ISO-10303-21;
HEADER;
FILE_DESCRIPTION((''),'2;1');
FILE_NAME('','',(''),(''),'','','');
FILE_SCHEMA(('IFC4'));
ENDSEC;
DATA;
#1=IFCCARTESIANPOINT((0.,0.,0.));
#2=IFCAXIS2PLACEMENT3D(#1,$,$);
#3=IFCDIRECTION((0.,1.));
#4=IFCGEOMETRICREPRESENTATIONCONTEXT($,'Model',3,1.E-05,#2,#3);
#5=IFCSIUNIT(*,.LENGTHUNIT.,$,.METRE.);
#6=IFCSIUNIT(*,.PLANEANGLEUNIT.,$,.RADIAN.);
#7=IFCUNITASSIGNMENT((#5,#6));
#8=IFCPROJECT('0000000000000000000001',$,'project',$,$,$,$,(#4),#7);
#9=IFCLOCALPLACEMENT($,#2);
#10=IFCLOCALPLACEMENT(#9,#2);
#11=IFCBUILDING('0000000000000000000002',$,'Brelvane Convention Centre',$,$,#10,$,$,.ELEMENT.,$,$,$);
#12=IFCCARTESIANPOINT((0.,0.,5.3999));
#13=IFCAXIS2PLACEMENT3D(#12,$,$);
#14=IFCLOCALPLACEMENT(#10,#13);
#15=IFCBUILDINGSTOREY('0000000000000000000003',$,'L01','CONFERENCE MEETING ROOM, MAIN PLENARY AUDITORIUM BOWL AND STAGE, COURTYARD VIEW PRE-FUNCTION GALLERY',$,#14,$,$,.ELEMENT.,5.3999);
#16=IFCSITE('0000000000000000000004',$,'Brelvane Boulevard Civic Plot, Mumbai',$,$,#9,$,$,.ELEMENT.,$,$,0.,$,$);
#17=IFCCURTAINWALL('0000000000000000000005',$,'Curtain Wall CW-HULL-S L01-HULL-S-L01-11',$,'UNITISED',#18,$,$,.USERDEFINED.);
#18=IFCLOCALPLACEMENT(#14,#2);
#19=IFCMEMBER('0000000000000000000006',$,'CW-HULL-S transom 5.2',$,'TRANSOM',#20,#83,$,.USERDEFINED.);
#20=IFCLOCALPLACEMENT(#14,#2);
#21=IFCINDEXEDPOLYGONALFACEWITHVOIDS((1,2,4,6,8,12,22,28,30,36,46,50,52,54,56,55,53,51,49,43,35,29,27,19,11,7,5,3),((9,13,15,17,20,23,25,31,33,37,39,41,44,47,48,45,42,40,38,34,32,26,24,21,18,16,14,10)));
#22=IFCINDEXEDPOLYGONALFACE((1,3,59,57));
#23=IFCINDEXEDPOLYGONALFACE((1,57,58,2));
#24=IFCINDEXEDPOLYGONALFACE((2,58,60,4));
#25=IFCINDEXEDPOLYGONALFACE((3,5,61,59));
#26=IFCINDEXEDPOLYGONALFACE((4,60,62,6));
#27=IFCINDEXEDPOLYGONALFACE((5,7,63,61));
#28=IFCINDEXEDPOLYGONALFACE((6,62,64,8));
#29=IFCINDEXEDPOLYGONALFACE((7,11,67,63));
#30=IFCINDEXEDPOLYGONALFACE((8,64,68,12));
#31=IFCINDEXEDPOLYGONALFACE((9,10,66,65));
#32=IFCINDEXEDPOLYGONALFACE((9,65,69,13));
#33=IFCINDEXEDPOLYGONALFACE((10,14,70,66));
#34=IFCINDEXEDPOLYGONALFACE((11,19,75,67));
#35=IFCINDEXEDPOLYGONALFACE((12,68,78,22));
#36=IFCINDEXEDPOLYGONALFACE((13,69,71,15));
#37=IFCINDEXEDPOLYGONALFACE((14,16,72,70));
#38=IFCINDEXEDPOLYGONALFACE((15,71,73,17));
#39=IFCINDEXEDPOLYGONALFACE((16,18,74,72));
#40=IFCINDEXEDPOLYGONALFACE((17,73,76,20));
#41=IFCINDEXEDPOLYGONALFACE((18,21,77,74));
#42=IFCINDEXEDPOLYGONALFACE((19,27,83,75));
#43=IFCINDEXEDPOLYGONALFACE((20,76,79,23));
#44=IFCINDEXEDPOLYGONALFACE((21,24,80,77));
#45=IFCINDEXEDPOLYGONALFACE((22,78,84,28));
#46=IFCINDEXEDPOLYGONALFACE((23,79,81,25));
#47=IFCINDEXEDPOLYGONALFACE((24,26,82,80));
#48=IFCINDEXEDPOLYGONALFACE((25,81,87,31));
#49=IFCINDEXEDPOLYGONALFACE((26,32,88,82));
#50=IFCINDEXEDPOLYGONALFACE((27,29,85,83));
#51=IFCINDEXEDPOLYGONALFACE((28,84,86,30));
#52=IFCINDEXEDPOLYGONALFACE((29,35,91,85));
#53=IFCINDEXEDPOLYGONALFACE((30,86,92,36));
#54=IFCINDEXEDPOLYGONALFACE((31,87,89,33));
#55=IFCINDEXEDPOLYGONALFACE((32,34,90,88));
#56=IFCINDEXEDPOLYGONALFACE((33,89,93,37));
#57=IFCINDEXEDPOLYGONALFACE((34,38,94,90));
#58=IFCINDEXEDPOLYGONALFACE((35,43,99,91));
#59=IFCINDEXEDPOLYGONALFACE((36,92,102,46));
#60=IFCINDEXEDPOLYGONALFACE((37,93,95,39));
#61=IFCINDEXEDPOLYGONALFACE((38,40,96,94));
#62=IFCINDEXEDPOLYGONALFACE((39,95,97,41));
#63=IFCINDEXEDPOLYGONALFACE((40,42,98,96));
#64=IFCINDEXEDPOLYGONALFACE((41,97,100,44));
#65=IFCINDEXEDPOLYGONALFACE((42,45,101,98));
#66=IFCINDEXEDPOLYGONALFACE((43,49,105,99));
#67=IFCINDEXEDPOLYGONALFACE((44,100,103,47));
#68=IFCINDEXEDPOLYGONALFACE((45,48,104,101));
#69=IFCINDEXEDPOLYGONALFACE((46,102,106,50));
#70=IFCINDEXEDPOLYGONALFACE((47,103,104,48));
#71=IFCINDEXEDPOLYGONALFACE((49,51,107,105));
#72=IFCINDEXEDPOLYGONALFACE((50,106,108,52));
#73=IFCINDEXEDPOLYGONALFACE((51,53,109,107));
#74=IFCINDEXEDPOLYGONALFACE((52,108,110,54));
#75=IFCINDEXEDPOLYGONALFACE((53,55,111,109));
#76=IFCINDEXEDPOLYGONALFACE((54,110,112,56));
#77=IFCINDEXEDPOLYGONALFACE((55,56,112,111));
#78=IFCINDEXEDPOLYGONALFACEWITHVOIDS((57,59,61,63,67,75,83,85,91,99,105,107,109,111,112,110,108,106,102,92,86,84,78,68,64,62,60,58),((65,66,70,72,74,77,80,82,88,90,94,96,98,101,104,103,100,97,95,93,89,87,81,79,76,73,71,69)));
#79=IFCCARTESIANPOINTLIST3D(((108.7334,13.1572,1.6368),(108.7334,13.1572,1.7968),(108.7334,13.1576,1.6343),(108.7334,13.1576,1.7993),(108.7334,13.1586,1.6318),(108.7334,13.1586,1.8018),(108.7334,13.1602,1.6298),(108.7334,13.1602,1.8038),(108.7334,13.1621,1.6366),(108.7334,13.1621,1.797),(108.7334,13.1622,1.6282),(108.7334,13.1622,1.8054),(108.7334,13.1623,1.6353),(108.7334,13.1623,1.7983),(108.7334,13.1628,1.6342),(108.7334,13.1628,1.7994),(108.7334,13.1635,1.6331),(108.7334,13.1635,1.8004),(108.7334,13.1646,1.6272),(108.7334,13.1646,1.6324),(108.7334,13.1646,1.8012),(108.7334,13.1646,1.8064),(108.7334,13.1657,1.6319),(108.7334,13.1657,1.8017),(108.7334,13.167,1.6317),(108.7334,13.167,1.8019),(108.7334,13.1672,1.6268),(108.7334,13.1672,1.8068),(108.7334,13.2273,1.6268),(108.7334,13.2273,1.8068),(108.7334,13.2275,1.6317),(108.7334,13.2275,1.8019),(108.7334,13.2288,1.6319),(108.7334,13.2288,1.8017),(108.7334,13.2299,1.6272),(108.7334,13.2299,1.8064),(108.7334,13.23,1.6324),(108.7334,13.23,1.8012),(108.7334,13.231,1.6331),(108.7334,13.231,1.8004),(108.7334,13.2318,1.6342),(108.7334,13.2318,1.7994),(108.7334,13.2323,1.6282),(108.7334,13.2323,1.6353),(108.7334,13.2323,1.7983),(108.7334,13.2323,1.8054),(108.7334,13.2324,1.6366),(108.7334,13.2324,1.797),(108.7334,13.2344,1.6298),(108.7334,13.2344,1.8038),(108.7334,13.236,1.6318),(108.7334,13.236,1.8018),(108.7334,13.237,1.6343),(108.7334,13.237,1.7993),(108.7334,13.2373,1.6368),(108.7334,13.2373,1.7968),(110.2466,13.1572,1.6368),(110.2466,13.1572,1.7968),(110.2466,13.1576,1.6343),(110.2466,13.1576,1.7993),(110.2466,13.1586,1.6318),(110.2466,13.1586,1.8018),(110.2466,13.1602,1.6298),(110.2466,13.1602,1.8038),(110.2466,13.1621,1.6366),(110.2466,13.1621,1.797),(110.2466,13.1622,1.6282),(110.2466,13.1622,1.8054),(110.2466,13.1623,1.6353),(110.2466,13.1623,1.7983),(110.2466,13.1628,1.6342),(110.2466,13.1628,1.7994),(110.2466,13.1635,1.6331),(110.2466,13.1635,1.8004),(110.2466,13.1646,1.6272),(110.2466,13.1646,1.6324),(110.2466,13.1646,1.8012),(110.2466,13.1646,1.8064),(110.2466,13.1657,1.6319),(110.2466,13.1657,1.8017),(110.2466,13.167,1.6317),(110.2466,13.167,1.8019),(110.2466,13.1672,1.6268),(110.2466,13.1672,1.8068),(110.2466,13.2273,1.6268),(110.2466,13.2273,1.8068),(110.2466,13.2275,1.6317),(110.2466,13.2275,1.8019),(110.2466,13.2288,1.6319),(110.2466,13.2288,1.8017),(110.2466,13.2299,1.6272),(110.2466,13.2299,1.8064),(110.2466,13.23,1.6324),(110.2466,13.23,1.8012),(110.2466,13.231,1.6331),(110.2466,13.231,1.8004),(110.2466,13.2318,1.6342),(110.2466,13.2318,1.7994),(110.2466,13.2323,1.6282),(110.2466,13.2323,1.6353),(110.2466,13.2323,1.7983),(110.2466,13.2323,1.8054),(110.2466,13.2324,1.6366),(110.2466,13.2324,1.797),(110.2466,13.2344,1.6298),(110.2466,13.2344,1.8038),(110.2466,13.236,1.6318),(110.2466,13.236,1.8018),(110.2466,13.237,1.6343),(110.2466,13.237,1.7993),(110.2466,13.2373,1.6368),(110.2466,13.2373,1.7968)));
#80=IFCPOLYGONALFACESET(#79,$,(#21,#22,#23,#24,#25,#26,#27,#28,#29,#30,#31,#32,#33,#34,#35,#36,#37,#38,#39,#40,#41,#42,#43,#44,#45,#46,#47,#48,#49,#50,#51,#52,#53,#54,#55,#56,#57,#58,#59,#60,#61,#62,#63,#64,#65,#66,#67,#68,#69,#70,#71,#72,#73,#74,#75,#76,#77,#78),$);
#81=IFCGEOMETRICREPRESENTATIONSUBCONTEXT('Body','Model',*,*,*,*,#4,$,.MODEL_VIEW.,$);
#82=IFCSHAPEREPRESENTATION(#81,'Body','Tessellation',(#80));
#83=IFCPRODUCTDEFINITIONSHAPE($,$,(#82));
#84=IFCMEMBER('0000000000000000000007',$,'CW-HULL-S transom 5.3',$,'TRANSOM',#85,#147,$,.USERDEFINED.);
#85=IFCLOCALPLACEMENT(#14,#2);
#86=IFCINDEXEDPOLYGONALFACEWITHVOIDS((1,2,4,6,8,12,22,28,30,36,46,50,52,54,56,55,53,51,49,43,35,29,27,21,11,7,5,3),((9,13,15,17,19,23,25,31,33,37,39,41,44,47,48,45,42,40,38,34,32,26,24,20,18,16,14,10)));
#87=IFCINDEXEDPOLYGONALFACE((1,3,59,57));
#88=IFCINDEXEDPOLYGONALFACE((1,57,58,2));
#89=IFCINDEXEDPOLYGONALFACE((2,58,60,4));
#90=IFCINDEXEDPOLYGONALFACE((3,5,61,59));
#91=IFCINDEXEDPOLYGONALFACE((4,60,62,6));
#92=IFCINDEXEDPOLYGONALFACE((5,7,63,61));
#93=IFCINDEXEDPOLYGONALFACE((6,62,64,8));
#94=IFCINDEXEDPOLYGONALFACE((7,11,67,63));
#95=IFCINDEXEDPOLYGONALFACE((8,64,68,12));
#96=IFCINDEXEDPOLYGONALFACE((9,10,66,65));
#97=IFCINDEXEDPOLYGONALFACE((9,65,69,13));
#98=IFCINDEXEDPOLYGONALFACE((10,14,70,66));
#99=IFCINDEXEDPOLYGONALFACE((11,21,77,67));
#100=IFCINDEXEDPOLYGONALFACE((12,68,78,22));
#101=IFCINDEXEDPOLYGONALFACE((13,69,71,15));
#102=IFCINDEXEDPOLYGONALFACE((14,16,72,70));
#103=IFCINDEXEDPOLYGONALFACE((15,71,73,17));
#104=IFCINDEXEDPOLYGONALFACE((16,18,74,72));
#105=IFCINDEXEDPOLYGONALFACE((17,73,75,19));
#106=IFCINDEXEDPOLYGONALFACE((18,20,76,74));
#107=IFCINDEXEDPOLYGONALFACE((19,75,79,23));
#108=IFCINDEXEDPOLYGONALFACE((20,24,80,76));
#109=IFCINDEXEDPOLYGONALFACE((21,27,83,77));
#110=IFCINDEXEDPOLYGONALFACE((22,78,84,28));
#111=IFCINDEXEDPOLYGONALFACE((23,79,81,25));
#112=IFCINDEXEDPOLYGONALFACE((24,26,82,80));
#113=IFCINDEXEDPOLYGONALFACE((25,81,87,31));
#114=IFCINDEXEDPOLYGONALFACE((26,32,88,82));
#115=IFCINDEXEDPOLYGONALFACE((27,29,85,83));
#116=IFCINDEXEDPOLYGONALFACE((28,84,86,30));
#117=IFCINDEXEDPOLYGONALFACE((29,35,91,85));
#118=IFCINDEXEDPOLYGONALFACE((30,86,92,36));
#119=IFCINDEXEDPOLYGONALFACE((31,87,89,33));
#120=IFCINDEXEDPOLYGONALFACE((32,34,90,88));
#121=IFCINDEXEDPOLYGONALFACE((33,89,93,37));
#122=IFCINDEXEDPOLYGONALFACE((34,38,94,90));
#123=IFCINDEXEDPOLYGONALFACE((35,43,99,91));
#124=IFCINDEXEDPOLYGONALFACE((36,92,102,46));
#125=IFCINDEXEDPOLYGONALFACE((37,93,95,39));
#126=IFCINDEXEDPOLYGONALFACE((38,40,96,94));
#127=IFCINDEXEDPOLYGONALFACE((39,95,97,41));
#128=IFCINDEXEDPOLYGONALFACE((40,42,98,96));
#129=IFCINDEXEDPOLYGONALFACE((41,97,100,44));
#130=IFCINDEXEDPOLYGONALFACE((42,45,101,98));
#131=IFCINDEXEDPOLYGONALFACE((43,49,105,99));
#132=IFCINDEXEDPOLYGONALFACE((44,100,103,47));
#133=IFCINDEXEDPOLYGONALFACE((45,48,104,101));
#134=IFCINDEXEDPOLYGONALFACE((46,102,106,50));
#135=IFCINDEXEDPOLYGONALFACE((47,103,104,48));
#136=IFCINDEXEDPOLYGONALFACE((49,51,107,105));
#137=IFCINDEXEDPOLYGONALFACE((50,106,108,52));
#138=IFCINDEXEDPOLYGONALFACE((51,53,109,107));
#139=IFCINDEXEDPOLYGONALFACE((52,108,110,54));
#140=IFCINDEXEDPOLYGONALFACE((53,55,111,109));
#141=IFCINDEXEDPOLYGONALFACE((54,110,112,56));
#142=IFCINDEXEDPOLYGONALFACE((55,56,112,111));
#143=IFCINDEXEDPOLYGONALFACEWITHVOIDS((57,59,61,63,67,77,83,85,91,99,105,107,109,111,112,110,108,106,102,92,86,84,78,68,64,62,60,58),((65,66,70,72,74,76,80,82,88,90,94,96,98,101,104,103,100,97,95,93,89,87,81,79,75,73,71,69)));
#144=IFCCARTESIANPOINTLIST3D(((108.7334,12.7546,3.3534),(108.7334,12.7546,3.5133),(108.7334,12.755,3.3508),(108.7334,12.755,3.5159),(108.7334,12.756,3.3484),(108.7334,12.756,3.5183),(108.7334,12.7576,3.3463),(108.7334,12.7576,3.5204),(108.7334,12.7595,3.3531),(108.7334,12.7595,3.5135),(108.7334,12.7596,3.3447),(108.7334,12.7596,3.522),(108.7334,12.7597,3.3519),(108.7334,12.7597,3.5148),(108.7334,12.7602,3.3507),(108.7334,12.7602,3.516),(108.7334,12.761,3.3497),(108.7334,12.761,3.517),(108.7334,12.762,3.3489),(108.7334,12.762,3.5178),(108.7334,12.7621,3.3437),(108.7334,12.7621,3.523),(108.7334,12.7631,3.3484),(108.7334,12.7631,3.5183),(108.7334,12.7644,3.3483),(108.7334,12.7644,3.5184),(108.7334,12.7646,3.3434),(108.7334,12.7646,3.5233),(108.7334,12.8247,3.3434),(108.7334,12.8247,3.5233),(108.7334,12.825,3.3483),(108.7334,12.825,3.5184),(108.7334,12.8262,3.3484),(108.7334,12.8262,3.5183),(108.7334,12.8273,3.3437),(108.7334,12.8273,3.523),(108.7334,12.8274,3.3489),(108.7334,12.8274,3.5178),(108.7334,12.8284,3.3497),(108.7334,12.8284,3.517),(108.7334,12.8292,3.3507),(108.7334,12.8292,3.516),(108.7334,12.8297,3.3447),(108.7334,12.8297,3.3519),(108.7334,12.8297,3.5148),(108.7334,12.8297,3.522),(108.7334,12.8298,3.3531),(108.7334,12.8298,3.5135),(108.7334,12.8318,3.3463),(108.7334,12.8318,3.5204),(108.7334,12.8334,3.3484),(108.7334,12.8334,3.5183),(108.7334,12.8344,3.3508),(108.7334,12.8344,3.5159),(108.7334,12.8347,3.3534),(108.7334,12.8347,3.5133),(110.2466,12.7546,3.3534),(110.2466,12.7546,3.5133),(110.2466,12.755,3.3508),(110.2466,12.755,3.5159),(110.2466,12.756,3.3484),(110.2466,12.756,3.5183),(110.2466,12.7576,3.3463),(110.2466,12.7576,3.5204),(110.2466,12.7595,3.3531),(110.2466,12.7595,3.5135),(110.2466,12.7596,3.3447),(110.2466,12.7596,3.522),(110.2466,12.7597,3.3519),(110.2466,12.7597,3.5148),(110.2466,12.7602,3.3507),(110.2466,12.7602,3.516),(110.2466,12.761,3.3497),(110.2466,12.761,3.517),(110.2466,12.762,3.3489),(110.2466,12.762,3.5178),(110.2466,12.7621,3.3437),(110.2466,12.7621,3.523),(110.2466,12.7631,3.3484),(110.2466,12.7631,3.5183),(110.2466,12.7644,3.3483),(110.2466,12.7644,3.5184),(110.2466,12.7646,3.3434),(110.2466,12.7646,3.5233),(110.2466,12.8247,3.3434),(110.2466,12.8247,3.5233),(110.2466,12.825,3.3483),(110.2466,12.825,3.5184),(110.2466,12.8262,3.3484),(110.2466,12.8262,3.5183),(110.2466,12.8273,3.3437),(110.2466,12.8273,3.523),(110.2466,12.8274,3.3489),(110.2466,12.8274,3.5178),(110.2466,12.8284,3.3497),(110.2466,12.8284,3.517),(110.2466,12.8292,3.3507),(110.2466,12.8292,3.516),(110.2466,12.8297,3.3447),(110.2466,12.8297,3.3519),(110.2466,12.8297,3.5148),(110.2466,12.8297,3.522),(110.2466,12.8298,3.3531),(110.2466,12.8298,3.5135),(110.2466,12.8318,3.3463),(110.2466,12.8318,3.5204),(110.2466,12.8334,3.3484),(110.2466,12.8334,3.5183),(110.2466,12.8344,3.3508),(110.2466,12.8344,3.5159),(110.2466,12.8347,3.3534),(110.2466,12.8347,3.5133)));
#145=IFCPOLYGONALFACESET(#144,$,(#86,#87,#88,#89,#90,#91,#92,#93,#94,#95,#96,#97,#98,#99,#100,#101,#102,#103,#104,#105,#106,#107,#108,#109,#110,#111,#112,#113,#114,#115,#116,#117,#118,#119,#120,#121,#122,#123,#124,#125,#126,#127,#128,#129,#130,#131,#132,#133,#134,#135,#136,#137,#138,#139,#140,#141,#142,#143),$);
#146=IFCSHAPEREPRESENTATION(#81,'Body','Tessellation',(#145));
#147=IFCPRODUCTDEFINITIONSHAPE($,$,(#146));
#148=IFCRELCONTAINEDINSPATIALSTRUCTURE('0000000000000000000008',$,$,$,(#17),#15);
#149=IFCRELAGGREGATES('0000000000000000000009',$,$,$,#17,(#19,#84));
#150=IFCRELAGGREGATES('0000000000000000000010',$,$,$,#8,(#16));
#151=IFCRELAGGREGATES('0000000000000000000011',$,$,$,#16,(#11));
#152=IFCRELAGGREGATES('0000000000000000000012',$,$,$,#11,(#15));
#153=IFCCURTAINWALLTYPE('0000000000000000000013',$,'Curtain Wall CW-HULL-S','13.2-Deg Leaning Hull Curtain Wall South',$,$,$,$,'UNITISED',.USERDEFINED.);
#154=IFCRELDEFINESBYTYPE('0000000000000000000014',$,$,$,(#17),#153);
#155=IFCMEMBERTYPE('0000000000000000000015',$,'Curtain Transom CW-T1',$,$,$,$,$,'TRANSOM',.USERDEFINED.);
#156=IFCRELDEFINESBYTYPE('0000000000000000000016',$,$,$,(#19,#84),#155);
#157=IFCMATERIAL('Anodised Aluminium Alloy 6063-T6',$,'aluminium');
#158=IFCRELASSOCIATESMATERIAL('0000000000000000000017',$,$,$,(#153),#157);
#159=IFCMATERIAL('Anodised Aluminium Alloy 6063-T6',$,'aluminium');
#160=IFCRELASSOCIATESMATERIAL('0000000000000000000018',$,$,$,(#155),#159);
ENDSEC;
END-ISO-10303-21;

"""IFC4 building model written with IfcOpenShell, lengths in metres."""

from ifc_helpers import new_model, si_unit, direction, frame, origin, origin_2d, place, context, subcontext, project, spatial, hollow_rectangle, extrude, material, material_profile, profile_set, type_object, element, aggregate, save


model = new_model("IFC4")

# Units and contexts
model_context = context("Model", 3, precision=1e-05, world=origin(), true_north=direction((0.0, 1.0)))
body_context = subcontext(model_context, "Body", "Model", "MODEL_VIEW")
ifc_project = project(units=[si_unit("LENGTHUNIT", "METRE"), si_unit("PLANEANGLEUNIT", "RADIAN")], contexts=[model_context])

# Site, building, storey
site_placement = place(None, origin())
site = spatial("IfcSite", under=ifc_project, at=site_placement, Name="Brelvane Boulevard Civic Plot, Mumbai", CompositionType="ELEMENT", RefElevation=0.0)
building_placement = place(site_placement, origin())
building = spatial("IfcBuilding", under=site, at=building_placement, Name="Brelvane Convention Centre", CompositionType="ELEMENT")
storey_placement = place(building_placement, frame((0.0, 0.0, 5.3999)))
storey = spatial("IfcBuildingStorey", under=building, at=storey_placement, Name="L01", Description="CONFERENCE MEETING ROOM, MAIN PLENARY AUDITORIUM BOWL AND STAGE, COURTYARD VIEW PRE-FUNCTION GALLERY", CompositionType="ELEMENT", Elevation=5.3999)

# Curtain wall, members
ifc_material_1 = material(Name="Anodised Aluminium Alloy 6063-T6", Category="aluminium")
curtain_wall_type = type_object("IfcCurtainWallType", Name="Curtain Wall CW-HULL-S", Description="13.2-Deg Leaning Hull Curtain Wall South", ElementType="UNITISED", PredefinedType="USERDEFINED", material=ifc_material_1)
curtain_wall_1_placement = place(storey_placement, origin())
curtain_wall_1 = element("IfcCurtainWall", 1, at=curtain_wall_1_placement, inside=storey, type_object=curtain_wall_type, Name="Curtain Wall CW-HULL-S L01-HULL-S-L01-11", ObjectType="UNITISED", PredefinedType="USERDEFINED")
ifc_material_2 = material(Name="Anodised Aluminium Alloy 6063-T6", Category="aluminium")
ifc_material_profile = material_profile(ifc_material_2, hollow_rectangle(XDim=0.0801, YDim=0.1799, WallThickness=0.0049, InnerFilletRadius=0.0049, OuterFilletRadius=0.01, at=origin_2d()), Name="ALU-T 180x80x5.0")
ifc_profile_set = profile_set([ifc_material_profile], Name="Anodised Aluminium Alloy 6063-T6")
member_type = type_object("IfcMemberType", Name="Curtain Transom CW-T1", ElementType="TRANSOM", PredefinedType="USERDEFINED", material=ifc_profile_set)
member_1_placement = place(storey_placement, frame((108.7334, 13.1973, 1.7168), z_axis=(1.0, 0.0, 0.0), x_axis=(0.0, 1.0, 0.0)))
member_1 = element("IfcMember", 2, at=member_1_placement, type_object=member_type, Name="CW-HULL-S transom 5.2", ObjectType="TRANSOM", PredefinedType="USERDEFINED", context=body_context, shape_type="SweptSolid", body=[
    extrude(hollow_rectangle(XDim=0.0801, YDim=0.1799, WallThickness=0.0049, InnerFilletRadius=0.0049, OuterFilletRadius=0.01, at=origin_2d()), origin(), (0.0, 0.0, 1.0), 1.5132),
])
member_2_placement = place(storey_placement, frame((108.7334, 12.7947, 3.4333), z_axis=(1.0, 0.0, 0.0), x_axis=(0.0, 1.0, 0.0)))
member_2 = element("IfcMember", 3, at=member_2_placement, type_object=member_type, Name="CW-HULL-S transom 5.3", ObjectType="TRANSOM", PredefinedType="USERDEFINED", context=body_context, shape_type="SweptSolid", body=[
    extrude(hollow_rectangle(XDim=0.0801, YDim=0.1799, WallThickness=0.0049, InnerFilletRadius=0.0049, OuterFilletRadius=0.01, at=origin_2d()), origin(), (0.0, 0.0, 1.0), 1.5132),
])

aggregate(curtain_wall_1, [member_1, member_2])

save(model, "model.ifc")
